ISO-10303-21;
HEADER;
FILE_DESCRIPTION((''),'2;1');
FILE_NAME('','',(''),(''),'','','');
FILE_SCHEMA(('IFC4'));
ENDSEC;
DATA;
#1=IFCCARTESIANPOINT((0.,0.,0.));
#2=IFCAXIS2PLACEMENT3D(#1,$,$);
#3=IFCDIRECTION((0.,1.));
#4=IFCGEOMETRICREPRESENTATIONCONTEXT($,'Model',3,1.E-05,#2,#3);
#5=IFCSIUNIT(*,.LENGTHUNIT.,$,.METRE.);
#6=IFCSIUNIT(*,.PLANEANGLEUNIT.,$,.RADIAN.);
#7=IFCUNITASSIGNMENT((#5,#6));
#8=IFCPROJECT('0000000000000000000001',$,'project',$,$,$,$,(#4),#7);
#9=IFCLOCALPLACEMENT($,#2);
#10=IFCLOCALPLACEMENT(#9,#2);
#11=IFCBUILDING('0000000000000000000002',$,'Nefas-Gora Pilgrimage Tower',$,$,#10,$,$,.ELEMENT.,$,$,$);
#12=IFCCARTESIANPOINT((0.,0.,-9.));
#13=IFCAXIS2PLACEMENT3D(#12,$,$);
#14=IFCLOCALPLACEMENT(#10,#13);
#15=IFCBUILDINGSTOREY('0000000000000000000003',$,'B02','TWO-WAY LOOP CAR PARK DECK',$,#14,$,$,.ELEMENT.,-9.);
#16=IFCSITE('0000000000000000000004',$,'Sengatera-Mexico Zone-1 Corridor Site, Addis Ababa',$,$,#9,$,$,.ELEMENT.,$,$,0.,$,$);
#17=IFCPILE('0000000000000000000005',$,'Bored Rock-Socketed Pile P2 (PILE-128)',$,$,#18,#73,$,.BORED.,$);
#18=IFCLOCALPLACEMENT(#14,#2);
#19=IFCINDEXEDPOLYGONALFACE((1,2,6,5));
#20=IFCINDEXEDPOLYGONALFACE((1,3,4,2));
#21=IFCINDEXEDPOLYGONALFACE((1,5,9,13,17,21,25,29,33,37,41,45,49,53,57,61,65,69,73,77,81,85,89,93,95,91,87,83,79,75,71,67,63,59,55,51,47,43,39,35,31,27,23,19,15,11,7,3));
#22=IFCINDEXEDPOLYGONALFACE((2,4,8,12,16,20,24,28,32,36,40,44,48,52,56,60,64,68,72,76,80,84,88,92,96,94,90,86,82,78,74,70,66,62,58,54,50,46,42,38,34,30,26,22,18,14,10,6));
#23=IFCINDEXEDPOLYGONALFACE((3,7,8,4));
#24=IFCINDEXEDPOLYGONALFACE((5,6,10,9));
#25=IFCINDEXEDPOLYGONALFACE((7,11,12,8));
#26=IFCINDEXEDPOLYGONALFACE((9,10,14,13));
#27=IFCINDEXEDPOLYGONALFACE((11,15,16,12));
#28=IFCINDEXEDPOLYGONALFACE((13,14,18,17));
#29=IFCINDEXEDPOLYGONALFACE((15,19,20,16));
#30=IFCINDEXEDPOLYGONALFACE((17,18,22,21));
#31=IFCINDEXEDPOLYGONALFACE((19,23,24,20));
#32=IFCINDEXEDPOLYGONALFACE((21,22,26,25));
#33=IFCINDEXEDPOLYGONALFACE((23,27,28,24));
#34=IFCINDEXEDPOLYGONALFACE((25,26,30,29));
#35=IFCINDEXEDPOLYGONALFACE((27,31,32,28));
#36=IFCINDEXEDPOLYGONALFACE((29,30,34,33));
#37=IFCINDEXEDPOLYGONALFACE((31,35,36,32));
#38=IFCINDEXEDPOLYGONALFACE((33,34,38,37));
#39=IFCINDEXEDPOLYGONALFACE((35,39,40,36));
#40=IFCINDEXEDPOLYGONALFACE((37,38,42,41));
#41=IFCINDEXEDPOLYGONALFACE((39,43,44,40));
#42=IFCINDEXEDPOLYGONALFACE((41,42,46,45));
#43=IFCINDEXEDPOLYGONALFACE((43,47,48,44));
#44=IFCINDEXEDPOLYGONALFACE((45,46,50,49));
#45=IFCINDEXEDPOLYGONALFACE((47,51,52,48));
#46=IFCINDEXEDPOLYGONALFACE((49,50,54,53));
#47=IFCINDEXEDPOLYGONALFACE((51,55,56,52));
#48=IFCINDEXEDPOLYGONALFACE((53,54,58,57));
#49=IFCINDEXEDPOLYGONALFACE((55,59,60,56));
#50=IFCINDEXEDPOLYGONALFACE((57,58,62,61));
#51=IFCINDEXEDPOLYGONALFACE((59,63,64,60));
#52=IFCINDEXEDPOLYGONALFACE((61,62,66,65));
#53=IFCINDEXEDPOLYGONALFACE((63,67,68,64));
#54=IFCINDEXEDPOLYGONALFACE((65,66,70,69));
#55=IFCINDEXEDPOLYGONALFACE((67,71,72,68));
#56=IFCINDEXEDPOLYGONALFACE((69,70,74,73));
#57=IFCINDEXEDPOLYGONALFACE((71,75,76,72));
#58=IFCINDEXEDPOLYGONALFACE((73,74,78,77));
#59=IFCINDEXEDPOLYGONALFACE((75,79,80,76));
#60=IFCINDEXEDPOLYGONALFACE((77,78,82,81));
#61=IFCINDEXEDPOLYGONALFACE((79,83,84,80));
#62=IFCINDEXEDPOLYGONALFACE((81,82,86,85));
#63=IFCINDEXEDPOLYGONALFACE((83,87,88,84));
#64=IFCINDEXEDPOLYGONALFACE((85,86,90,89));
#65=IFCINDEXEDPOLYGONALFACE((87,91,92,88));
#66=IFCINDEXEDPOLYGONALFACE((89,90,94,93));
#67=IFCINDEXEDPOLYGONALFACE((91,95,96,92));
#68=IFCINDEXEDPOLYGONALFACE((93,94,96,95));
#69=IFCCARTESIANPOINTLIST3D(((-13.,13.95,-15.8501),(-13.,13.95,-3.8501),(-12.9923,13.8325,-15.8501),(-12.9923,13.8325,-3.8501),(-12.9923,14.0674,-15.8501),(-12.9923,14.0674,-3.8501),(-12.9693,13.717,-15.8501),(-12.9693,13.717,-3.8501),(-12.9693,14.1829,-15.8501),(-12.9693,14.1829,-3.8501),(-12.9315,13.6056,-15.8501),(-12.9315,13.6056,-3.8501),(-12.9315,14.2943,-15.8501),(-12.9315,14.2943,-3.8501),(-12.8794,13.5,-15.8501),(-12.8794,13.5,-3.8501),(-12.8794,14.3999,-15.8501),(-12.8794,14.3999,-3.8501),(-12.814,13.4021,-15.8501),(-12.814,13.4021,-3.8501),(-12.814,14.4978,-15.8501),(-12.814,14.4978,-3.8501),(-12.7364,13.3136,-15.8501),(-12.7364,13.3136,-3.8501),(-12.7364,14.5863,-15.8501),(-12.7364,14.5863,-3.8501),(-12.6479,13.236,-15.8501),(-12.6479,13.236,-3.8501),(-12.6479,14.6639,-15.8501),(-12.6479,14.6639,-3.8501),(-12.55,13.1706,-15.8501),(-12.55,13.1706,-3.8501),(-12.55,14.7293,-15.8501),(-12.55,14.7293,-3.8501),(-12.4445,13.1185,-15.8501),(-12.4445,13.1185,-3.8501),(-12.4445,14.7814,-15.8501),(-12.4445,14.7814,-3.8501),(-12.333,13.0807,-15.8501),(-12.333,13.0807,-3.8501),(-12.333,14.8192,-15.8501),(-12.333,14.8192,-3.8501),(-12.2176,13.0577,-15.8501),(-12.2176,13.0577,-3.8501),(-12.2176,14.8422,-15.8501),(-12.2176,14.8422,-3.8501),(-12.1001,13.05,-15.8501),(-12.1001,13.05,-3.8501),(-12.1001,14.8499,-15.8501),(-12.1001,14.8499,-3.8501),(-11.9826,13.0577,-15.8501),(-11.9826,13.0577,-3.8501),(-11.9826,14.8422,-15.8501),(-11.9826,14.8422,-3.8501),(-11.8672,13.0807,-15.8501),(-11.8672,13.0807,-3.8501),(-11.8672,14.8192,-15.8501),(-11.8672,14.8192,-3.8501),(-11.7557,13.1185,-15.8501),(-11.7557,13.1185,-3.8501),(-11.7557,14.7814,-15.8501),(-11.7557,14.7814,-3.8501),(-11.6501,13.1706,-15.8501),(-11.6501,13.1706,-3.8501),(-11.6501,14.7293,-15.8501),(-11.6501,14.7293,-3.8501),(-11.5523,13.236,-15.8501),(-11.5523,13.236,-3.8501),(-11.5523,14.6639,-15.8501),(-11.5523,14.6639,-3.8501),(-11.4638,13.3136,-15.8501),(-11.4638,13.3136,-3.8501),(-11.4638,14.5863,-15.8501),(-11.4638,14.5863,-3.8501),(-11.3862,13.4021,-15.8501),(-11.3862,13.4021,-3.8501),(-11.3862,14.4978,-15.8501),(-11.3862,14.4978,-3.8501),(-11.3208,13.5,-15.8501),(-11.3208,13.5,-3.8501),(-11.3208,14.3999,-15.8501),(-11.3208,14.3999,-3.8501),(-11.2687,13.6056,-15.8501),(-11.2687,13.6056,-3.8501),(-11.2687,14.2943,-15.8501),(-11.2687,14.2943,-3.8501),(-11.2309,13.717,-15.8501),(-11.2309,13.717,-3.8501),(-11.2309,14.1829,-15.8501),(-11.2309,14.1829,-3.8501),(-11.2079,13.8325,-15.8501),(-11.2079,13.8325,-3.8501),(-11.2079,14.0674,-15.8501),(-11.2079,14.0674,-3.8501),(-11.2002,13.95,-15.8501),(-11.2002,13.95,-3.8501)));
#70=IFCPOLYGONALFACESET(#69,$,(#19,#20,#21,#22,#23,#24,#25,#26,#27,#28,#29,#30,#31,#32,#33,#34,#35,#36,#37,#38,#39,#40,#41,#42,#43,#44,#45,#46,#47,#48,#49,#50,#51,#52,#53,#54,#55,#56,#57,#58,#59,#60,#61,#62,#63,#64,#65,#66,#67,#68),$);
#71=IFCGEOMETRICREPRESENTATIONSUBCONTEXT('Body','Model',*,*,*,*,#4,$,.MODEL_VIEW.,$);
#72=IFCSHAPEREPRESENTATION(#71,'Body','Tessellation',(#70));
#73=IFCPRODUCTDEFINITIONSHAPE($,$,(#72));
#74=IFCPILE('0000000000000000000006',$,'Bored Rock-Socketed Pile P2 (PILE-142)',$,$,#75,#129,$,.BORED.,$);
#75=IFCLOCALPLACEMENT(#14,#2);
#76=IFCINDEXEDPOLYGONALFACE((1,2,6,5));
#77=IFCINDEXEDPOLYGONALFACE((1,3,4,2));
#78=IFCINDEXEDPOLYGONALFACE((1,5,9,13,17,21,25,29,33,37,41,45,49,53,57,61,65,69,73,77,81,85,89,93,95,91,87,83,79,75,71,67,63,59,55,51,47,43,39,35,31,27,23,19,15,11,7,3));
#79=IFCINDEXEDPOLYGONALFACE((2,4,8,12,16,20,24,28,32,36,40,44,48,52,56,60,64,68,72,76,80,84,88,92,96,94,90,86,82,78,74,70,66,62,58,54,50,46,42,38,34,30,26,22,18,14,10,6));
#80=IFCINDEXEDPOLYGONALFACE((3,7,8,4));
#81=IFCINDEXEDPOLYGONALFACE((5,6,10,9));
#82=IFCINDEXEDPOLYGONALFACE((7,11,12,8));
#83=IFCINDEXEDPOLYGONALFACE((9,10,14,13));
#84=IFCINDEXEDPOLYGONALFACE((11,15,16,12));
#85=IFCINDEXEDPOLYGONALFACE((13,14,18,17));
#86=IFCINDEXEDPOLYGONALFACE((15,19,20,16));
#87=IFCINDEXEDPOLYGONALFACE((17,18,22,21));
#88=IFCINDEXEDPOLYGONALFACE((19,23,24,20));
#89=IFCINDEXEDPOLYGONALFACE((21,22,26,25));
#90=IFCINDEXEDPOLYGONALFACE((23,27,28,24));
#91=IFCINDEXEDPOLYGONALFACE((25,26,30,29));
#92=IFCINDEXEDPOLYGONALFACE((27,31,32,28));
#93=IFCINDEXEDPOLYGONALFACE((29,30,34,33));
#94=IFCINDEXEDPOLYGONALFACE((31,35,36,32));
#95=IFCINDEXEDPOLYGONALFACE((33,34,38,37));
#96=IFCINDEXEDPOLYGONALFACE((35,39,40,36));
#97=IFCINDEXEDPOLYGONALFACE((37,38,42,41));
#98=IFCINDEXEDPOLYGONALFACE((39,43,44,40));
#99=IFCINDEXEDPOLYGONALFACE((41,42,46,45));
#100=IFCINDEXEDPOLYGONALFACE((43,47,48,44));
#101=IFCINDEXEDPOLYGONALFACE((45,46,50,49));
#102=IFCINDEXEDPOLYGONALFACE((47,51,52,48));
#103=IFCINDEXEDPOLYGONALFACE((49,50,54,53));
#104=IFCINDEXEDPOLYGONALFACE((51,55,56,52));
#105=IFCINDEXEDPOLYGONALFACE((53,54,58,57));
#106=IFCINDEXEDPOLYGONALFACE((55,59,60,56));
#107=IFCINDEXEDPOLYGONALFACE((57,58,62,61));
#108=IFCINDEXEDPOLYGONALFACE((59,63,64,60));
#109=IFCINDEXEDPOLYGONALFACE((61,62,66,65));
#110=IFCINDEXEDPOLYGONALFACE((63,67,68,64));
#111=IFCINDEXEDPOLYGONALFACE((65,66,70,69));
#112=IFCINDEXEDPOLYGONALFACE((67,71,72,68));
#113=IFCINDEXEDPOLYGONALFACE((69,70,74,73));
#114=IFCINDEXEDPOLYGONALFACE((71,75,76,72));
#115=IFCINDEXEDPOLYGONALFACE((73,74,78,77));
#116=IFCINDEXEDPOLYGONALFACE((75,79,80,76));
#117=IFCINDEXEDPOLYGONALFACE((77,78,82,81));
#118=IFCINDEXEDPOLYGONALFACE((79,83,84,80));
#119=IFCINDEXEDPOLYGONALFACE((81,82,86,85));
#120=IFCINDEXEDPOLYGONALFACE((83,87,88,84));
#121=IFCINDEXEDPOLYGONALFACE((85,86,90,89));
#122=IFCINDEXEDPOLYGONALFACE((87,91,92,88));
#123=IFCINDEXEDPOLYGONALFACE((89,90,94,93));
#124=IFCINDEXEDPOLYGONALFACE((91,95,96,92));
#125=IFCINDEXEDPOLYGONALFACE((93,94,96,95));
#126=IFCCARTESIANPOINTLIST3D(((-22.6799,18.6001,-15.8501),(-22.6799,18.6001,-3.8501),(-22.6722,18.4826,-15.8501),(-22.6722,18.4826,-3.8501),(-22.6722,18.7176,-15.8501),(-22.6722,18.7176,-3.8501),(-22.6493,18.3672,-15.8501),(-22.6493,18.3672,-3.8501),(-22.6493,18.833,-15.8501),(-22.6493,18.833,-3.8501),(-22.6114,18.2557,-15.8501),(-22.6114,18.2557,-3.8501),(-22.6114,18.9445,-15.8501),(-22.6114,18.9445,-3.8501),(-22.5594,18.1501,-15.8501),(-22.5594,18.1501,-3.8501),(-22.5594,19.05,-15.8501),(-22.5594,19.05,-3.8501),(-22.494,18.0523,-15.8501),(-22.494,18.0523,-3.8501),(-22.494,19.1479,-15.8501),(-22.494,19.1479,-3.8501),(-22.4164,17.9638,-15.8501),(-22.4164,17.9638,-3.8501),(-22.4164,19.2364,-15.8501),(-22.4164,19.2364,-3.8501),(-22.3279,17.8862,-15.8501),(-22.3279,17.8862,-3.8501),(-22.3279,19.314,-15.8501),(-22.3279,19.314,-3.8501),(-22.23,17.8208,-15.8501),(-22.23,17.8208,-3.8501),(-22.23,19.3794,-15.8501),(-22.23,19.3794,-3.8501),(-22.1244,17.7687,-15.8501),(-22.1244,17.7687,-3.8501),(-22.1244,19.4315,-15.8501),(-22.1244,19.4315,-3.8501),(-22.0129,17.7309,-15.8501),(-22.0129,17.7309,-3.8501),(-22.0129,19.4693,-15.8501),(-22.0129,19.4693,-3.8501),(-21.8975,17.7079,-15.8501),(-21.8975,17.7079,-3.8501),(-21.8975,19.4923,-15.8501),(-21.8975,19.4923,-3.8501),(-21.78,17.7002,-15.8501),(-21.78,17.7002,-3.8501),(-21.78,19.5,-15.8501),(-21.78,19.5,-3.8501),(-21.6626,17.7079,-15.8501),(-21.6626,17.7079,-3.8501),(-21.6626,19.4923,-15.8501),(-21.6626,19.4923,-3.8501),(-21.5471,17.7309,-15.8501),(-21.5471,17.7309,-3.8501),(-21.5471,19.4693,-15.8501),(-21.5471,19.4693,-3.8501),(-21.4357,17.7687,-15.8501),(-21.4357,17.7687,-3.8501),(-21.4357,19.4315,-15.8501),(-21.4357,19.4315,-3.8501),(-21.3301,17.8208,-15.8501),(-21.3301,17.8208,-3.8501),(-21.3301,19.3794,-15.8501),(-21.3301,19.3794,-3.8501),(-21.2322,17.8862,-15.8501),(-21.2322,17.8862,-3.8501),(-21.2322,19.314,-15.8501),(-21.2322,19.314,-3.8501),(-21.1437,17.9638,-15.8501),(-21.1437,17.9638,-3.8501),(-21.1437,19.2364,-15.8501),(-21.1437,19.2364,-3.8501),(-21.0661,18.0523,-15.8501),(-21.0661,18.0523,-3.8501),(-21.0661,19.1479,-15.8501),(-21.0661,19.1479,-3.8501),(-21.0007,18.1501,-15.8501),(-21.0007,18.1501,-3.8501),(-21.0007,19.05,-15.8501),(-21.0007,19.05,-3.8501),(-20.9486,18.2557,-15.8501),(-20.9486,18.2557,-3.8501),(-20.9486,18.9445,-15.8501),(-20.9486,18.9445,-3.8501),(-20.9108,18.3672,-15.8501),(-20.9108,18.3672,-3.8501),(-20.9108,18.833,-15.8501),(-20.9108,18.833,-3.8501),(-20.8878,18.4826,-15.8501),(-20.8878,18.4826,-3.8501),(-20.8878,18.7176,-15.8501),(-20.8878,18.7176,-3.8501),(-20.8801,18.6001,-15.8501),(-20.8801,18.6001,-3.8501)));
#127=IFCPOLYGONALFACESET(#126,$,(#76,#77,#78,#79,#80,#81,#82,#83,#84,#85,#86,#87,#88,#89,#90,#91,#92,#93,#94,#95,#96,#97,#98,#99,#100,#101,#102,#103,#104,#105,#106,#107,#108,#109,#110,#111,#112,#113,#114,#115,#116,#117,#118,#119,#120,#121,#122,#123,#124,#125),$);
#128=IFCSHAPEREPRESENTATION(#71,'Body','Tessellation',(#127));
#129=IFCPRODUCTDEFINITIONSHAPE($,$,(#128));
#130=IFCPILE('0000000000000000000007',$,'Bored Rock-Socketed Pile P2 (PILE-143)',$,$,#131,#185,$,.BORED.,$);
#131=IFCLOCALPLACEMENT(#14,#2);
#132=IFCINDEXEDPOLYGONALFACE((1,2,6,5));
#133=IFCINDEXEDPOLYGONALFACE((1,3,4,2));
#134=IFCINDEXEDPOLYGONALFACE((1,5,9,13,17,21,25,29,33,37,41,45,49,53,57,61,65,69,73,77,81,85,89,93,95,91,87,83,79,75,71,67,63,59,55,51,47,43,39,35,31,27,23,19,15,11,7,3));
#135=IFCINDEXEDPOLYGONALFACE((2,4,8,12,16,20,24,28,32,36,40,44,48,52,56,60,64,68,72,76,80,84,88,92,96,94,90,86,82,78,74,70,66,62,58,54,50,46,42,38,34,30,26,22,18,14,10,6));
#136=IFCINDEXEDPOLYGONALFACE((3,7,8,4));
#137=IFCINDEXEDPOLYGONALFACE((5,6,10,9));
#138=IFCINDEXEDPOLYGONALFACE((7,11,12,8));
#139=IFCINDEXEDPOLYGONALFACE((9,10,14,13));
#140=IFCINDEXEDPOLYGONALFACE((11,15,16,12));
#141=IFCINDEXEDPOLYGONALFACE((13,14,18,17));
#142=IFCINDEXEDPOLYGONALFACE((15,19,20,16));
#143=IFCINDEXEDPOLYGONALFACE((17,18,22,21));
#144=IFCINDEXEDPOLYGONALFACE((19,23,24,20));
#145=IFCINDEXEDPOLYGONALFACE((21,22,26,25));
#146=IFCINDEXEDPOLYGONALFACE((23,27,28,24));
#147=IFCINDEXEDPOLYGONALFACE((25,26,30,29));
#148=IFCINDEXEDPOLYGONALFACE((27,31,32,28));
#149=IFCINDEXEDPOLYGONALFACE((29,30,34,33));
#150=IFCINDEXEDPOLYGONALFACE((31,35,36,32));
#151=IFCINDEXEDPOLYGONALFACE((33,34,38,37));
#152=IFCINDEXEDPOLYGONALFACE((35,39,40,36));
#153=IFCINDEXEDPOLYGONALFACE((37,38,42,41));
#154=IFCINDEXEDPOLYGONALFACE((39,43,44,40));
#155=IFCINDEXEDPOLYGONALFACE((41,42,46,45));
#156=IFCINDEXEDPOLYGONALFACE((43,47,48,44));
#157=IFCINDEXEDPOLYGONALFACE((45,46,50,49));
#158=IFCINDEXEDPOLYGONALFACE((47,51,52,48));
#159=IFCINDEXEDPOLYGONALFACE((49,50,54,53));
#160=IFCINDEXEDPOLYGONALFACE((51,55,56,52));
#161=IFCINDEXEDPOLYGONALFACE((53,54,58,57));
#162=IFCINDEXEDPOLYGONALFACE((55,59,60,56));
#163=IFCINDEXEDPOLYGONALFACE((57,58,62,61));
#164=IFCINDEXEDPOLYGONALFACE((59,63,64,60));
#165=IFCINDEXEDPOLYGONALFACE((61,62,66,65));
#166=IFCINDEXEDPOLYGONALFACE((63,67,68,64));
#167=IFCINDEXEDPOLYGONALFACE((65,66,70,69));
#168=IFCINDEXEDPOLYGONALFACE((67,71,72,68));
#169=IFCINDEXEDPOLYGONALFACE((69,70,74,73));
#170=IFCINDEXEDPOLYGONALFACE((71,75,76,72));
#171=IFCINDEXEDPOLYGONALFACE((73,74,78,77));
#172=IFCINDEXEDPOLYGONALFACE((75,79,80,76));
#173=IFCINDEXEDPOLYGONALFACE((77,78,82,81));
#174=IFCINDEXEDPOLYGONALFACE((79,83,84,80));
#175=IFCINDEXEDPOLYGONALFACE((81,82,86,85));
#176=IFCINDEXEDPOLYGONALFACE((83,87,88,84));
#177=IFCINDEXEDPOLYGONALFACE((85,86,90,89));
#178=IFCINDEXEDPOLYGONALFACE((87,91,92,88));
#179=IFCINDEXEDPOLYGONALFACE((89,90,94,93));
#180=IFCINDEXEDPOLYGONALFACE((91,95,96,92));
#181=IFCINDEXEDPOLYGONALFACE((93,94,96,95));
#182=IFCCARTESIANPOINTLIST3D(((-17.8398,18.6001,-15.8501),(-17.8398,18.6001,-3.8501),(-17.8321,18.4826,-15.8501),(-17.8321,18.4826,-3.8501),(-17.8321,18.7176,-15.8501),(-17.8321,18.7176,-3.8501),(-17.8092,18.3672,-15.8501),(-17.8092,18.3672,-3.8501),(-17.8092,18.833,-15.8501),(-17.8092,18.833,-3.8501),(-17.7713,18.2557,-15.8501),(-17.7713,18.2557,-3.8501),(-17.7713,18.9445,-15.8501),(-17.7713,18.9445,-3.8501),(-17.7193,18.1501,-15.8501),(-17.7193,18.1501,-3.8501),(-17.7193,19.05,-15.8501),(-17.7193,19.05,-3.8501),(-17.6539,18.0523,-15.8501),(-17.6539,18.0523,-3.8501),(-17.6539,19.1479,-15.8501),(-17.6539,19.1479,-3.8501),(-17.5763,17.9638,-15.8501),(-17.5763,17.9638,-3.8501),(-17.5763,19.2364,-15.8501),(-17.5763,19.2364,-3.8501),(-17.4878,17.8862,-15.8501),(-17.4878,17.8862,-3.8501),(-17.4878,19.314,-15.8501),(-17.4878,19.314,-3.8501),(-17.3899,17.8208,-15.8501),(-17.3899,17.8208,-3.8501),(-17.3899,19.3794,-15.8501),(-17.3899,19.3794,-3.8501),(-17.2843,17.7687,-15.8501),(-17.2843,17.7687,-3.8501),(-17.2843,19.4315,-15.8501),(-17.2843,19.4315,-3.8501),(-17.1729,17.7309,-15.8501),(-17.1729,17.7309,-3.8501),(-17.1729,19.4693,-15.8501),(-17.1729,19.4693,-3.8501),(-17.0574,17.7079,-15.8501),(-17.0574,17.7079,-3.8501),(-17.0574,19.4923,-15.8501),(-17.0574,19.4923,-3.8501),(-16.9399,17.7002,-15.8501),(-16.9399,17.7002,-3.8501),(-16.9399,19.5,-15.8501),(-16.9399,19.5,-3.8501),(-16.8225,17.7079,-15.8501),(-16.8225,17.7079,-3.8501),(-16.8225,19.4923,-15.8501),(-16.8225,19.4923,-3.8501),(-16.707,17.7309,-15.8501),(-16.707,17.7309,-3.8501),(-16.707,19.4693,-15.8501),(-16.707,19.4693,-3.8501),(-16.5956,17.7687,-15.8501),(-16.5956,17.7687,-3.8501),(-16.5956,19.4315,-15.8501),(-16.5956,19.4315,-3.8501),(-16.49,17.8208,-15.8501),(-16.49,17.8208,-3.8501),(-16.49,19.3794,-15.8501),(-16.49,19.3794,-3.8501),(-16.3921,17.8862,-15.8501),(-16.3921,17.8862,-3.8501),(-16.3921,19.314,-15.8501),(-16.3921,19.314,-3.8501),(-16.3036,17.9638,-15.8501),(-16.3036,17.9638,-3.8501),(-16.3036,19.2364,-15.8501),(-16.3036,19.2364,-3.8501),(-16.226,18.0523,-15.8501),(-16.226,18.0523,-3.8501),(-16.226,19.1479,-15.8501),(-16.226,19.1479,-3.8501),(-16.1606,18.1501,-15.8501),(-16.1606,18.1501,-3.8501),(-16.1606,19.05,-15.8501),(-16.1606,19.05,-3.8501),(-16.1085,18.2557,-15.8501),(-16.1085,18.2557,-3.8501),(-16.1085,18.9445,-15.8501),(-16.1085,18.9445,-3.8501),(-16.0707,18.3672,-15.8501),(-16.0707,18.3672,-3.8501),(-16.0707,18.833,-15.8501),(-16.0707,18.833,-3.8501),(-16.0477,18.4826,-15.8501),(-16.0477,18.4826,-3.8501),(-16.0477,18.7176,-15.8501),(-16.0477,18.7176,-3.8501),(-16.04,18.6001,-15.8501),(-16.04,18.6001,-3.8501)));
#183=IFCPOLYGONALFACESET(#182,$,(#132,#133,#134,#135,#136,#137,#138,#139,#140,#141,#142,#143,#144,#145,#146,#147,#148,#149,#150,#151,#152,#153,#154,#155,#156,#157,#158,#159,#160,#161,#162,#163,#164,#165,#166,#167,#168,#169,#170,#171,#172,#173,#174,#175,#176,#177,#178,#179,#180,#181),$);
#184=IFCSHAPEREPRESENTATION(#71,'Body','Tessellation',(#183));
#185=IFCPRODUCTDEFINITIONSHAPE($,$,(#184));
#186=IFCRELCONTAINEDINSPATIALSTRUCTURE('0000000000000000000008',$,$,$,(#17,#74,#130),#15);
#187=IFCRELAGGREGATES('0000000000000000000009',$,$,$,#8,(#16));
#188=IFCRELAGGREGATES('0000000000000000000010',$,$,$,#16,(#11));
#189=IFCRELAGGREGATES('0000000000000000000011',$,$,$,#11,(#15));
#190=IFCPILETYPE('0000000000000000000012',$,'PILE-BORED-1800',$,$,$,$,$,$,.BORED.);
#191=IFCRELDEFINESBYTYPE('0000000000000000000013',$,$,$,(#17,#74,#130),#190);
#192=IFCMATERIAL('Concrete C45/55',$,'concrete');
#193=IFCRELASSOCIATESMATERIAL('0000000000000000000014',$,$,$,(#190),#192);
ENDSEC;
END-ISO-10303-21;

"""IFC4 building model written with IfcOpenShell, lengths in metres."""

from ifc_helpers import new_model, si_unit, direction, frame, origin, origin_2d, place, context, subcontext, project, spatial, circle, extrude, source, transform, mapped, material, material_profile, profile_set, type_object, element, save


model = new_model("IFC4")

# Units and contexts
model_context = context("Model", 3, precision=1e-05, world=origin(), true_north=direction((0.0, 1.0)))
body_context = subcontext(model_context, "Body", "Model", "MODEL_VIEW")
ifc_project = project(units=[si_unit("LENGTHUNIT", "METRE"), si_unit("PLANEANGLEUNIT", "RADIAN")], contexts=[model_context])

# Site, building, storey
site_placement = place(None, origin())
site = spatial("IfcSite", under=ifc_project, at=site_placement, Name="Sengatera-Mexico Zone-1 Corridor Site, Addis Ababa", CompositionType="ELEMENT", RefElevation=0.0)
building_placement = place(site_placement, origin())
building = spatial("IfcBuilding", under=site, at=building_placement, Name="Nefas-Gora Pilgrimage Tower", CompositionType="ELEMENT")
storey_placement = place(building_placement, frame((0.0, 0.0, -9.0)))
storey = spatial("IfcBuildingStorey", under=building, at=storey_placement, Name="B02", Description="TWO-WAY LOOP CAR PARK DECK", CompositionType="ELEMENT", Elevation=-9.0)

# Piles
ifc_material_1 = material(Name="Concrete C45/55", Category="concrete")
ifc_material_profile_1 = material_profile(ifc_material_1, circle(Radius=0.8999, at=origin_2d()), Name="PILE D1800")
ifc_profile_set_1 = profile_set([ifc_material_profile_1], Name="Concrete C45/55")
pile_type_1 = type_object("IfcPileType", Name="PILE-BORED-1800", PredefinedType="BORED", material=ifc_profile_set_1)
shared_shape_1 = source(origin(), body_context, "Body", "SweptSolid", [
    extrude(circle(Radius=0.8999, at=origin_2d()), origin(), (0.0, 0.0, 1.0), 12.0),
])
for number, where, z_axis, x_axis, name in (
    (1, (-12.1001, 13.95, -3.8501), (0.0, 0.0, -1.0), (1.0, 0.0, 0.0), "Bored Rock-Socketed Pile P2 (PILE-128)"),
    (2, (-21.78, 18.6001, -3.8501), (0.0, 0.0, -1.0), (1.0, 0.0, 0.0), "Bored Rock-Socketed Pile P2 (PILE-142)"),
    (3, (-16.9399, 18.6001, -3.8501), (0.0, 0.0, -1.0), (1.0, 0.0, 0.0), "Bored Rock-Socketed Pile P2 (PILE-143)"),
):
    element("IfcPile", number, at=place(storey_placement, frame(where, z_axis=z_axis, x_axis=x_axis)), inside=storey, type_object=pile_type_1, Name=name, PredefinedType="BORED", context=body_context, shape_type="MappedRepresentation", body=[
        mapped(shared_shape_1, transform((0.0, 0.0, 0.0), x_axis=(1.0, 0.0, 0.0), y_axis=(0.0, 1.0, 0.0), z_axis=(0.0, 0.0, 1.0), scale=1.0)),
    ])

save(model, "model.ifc")
